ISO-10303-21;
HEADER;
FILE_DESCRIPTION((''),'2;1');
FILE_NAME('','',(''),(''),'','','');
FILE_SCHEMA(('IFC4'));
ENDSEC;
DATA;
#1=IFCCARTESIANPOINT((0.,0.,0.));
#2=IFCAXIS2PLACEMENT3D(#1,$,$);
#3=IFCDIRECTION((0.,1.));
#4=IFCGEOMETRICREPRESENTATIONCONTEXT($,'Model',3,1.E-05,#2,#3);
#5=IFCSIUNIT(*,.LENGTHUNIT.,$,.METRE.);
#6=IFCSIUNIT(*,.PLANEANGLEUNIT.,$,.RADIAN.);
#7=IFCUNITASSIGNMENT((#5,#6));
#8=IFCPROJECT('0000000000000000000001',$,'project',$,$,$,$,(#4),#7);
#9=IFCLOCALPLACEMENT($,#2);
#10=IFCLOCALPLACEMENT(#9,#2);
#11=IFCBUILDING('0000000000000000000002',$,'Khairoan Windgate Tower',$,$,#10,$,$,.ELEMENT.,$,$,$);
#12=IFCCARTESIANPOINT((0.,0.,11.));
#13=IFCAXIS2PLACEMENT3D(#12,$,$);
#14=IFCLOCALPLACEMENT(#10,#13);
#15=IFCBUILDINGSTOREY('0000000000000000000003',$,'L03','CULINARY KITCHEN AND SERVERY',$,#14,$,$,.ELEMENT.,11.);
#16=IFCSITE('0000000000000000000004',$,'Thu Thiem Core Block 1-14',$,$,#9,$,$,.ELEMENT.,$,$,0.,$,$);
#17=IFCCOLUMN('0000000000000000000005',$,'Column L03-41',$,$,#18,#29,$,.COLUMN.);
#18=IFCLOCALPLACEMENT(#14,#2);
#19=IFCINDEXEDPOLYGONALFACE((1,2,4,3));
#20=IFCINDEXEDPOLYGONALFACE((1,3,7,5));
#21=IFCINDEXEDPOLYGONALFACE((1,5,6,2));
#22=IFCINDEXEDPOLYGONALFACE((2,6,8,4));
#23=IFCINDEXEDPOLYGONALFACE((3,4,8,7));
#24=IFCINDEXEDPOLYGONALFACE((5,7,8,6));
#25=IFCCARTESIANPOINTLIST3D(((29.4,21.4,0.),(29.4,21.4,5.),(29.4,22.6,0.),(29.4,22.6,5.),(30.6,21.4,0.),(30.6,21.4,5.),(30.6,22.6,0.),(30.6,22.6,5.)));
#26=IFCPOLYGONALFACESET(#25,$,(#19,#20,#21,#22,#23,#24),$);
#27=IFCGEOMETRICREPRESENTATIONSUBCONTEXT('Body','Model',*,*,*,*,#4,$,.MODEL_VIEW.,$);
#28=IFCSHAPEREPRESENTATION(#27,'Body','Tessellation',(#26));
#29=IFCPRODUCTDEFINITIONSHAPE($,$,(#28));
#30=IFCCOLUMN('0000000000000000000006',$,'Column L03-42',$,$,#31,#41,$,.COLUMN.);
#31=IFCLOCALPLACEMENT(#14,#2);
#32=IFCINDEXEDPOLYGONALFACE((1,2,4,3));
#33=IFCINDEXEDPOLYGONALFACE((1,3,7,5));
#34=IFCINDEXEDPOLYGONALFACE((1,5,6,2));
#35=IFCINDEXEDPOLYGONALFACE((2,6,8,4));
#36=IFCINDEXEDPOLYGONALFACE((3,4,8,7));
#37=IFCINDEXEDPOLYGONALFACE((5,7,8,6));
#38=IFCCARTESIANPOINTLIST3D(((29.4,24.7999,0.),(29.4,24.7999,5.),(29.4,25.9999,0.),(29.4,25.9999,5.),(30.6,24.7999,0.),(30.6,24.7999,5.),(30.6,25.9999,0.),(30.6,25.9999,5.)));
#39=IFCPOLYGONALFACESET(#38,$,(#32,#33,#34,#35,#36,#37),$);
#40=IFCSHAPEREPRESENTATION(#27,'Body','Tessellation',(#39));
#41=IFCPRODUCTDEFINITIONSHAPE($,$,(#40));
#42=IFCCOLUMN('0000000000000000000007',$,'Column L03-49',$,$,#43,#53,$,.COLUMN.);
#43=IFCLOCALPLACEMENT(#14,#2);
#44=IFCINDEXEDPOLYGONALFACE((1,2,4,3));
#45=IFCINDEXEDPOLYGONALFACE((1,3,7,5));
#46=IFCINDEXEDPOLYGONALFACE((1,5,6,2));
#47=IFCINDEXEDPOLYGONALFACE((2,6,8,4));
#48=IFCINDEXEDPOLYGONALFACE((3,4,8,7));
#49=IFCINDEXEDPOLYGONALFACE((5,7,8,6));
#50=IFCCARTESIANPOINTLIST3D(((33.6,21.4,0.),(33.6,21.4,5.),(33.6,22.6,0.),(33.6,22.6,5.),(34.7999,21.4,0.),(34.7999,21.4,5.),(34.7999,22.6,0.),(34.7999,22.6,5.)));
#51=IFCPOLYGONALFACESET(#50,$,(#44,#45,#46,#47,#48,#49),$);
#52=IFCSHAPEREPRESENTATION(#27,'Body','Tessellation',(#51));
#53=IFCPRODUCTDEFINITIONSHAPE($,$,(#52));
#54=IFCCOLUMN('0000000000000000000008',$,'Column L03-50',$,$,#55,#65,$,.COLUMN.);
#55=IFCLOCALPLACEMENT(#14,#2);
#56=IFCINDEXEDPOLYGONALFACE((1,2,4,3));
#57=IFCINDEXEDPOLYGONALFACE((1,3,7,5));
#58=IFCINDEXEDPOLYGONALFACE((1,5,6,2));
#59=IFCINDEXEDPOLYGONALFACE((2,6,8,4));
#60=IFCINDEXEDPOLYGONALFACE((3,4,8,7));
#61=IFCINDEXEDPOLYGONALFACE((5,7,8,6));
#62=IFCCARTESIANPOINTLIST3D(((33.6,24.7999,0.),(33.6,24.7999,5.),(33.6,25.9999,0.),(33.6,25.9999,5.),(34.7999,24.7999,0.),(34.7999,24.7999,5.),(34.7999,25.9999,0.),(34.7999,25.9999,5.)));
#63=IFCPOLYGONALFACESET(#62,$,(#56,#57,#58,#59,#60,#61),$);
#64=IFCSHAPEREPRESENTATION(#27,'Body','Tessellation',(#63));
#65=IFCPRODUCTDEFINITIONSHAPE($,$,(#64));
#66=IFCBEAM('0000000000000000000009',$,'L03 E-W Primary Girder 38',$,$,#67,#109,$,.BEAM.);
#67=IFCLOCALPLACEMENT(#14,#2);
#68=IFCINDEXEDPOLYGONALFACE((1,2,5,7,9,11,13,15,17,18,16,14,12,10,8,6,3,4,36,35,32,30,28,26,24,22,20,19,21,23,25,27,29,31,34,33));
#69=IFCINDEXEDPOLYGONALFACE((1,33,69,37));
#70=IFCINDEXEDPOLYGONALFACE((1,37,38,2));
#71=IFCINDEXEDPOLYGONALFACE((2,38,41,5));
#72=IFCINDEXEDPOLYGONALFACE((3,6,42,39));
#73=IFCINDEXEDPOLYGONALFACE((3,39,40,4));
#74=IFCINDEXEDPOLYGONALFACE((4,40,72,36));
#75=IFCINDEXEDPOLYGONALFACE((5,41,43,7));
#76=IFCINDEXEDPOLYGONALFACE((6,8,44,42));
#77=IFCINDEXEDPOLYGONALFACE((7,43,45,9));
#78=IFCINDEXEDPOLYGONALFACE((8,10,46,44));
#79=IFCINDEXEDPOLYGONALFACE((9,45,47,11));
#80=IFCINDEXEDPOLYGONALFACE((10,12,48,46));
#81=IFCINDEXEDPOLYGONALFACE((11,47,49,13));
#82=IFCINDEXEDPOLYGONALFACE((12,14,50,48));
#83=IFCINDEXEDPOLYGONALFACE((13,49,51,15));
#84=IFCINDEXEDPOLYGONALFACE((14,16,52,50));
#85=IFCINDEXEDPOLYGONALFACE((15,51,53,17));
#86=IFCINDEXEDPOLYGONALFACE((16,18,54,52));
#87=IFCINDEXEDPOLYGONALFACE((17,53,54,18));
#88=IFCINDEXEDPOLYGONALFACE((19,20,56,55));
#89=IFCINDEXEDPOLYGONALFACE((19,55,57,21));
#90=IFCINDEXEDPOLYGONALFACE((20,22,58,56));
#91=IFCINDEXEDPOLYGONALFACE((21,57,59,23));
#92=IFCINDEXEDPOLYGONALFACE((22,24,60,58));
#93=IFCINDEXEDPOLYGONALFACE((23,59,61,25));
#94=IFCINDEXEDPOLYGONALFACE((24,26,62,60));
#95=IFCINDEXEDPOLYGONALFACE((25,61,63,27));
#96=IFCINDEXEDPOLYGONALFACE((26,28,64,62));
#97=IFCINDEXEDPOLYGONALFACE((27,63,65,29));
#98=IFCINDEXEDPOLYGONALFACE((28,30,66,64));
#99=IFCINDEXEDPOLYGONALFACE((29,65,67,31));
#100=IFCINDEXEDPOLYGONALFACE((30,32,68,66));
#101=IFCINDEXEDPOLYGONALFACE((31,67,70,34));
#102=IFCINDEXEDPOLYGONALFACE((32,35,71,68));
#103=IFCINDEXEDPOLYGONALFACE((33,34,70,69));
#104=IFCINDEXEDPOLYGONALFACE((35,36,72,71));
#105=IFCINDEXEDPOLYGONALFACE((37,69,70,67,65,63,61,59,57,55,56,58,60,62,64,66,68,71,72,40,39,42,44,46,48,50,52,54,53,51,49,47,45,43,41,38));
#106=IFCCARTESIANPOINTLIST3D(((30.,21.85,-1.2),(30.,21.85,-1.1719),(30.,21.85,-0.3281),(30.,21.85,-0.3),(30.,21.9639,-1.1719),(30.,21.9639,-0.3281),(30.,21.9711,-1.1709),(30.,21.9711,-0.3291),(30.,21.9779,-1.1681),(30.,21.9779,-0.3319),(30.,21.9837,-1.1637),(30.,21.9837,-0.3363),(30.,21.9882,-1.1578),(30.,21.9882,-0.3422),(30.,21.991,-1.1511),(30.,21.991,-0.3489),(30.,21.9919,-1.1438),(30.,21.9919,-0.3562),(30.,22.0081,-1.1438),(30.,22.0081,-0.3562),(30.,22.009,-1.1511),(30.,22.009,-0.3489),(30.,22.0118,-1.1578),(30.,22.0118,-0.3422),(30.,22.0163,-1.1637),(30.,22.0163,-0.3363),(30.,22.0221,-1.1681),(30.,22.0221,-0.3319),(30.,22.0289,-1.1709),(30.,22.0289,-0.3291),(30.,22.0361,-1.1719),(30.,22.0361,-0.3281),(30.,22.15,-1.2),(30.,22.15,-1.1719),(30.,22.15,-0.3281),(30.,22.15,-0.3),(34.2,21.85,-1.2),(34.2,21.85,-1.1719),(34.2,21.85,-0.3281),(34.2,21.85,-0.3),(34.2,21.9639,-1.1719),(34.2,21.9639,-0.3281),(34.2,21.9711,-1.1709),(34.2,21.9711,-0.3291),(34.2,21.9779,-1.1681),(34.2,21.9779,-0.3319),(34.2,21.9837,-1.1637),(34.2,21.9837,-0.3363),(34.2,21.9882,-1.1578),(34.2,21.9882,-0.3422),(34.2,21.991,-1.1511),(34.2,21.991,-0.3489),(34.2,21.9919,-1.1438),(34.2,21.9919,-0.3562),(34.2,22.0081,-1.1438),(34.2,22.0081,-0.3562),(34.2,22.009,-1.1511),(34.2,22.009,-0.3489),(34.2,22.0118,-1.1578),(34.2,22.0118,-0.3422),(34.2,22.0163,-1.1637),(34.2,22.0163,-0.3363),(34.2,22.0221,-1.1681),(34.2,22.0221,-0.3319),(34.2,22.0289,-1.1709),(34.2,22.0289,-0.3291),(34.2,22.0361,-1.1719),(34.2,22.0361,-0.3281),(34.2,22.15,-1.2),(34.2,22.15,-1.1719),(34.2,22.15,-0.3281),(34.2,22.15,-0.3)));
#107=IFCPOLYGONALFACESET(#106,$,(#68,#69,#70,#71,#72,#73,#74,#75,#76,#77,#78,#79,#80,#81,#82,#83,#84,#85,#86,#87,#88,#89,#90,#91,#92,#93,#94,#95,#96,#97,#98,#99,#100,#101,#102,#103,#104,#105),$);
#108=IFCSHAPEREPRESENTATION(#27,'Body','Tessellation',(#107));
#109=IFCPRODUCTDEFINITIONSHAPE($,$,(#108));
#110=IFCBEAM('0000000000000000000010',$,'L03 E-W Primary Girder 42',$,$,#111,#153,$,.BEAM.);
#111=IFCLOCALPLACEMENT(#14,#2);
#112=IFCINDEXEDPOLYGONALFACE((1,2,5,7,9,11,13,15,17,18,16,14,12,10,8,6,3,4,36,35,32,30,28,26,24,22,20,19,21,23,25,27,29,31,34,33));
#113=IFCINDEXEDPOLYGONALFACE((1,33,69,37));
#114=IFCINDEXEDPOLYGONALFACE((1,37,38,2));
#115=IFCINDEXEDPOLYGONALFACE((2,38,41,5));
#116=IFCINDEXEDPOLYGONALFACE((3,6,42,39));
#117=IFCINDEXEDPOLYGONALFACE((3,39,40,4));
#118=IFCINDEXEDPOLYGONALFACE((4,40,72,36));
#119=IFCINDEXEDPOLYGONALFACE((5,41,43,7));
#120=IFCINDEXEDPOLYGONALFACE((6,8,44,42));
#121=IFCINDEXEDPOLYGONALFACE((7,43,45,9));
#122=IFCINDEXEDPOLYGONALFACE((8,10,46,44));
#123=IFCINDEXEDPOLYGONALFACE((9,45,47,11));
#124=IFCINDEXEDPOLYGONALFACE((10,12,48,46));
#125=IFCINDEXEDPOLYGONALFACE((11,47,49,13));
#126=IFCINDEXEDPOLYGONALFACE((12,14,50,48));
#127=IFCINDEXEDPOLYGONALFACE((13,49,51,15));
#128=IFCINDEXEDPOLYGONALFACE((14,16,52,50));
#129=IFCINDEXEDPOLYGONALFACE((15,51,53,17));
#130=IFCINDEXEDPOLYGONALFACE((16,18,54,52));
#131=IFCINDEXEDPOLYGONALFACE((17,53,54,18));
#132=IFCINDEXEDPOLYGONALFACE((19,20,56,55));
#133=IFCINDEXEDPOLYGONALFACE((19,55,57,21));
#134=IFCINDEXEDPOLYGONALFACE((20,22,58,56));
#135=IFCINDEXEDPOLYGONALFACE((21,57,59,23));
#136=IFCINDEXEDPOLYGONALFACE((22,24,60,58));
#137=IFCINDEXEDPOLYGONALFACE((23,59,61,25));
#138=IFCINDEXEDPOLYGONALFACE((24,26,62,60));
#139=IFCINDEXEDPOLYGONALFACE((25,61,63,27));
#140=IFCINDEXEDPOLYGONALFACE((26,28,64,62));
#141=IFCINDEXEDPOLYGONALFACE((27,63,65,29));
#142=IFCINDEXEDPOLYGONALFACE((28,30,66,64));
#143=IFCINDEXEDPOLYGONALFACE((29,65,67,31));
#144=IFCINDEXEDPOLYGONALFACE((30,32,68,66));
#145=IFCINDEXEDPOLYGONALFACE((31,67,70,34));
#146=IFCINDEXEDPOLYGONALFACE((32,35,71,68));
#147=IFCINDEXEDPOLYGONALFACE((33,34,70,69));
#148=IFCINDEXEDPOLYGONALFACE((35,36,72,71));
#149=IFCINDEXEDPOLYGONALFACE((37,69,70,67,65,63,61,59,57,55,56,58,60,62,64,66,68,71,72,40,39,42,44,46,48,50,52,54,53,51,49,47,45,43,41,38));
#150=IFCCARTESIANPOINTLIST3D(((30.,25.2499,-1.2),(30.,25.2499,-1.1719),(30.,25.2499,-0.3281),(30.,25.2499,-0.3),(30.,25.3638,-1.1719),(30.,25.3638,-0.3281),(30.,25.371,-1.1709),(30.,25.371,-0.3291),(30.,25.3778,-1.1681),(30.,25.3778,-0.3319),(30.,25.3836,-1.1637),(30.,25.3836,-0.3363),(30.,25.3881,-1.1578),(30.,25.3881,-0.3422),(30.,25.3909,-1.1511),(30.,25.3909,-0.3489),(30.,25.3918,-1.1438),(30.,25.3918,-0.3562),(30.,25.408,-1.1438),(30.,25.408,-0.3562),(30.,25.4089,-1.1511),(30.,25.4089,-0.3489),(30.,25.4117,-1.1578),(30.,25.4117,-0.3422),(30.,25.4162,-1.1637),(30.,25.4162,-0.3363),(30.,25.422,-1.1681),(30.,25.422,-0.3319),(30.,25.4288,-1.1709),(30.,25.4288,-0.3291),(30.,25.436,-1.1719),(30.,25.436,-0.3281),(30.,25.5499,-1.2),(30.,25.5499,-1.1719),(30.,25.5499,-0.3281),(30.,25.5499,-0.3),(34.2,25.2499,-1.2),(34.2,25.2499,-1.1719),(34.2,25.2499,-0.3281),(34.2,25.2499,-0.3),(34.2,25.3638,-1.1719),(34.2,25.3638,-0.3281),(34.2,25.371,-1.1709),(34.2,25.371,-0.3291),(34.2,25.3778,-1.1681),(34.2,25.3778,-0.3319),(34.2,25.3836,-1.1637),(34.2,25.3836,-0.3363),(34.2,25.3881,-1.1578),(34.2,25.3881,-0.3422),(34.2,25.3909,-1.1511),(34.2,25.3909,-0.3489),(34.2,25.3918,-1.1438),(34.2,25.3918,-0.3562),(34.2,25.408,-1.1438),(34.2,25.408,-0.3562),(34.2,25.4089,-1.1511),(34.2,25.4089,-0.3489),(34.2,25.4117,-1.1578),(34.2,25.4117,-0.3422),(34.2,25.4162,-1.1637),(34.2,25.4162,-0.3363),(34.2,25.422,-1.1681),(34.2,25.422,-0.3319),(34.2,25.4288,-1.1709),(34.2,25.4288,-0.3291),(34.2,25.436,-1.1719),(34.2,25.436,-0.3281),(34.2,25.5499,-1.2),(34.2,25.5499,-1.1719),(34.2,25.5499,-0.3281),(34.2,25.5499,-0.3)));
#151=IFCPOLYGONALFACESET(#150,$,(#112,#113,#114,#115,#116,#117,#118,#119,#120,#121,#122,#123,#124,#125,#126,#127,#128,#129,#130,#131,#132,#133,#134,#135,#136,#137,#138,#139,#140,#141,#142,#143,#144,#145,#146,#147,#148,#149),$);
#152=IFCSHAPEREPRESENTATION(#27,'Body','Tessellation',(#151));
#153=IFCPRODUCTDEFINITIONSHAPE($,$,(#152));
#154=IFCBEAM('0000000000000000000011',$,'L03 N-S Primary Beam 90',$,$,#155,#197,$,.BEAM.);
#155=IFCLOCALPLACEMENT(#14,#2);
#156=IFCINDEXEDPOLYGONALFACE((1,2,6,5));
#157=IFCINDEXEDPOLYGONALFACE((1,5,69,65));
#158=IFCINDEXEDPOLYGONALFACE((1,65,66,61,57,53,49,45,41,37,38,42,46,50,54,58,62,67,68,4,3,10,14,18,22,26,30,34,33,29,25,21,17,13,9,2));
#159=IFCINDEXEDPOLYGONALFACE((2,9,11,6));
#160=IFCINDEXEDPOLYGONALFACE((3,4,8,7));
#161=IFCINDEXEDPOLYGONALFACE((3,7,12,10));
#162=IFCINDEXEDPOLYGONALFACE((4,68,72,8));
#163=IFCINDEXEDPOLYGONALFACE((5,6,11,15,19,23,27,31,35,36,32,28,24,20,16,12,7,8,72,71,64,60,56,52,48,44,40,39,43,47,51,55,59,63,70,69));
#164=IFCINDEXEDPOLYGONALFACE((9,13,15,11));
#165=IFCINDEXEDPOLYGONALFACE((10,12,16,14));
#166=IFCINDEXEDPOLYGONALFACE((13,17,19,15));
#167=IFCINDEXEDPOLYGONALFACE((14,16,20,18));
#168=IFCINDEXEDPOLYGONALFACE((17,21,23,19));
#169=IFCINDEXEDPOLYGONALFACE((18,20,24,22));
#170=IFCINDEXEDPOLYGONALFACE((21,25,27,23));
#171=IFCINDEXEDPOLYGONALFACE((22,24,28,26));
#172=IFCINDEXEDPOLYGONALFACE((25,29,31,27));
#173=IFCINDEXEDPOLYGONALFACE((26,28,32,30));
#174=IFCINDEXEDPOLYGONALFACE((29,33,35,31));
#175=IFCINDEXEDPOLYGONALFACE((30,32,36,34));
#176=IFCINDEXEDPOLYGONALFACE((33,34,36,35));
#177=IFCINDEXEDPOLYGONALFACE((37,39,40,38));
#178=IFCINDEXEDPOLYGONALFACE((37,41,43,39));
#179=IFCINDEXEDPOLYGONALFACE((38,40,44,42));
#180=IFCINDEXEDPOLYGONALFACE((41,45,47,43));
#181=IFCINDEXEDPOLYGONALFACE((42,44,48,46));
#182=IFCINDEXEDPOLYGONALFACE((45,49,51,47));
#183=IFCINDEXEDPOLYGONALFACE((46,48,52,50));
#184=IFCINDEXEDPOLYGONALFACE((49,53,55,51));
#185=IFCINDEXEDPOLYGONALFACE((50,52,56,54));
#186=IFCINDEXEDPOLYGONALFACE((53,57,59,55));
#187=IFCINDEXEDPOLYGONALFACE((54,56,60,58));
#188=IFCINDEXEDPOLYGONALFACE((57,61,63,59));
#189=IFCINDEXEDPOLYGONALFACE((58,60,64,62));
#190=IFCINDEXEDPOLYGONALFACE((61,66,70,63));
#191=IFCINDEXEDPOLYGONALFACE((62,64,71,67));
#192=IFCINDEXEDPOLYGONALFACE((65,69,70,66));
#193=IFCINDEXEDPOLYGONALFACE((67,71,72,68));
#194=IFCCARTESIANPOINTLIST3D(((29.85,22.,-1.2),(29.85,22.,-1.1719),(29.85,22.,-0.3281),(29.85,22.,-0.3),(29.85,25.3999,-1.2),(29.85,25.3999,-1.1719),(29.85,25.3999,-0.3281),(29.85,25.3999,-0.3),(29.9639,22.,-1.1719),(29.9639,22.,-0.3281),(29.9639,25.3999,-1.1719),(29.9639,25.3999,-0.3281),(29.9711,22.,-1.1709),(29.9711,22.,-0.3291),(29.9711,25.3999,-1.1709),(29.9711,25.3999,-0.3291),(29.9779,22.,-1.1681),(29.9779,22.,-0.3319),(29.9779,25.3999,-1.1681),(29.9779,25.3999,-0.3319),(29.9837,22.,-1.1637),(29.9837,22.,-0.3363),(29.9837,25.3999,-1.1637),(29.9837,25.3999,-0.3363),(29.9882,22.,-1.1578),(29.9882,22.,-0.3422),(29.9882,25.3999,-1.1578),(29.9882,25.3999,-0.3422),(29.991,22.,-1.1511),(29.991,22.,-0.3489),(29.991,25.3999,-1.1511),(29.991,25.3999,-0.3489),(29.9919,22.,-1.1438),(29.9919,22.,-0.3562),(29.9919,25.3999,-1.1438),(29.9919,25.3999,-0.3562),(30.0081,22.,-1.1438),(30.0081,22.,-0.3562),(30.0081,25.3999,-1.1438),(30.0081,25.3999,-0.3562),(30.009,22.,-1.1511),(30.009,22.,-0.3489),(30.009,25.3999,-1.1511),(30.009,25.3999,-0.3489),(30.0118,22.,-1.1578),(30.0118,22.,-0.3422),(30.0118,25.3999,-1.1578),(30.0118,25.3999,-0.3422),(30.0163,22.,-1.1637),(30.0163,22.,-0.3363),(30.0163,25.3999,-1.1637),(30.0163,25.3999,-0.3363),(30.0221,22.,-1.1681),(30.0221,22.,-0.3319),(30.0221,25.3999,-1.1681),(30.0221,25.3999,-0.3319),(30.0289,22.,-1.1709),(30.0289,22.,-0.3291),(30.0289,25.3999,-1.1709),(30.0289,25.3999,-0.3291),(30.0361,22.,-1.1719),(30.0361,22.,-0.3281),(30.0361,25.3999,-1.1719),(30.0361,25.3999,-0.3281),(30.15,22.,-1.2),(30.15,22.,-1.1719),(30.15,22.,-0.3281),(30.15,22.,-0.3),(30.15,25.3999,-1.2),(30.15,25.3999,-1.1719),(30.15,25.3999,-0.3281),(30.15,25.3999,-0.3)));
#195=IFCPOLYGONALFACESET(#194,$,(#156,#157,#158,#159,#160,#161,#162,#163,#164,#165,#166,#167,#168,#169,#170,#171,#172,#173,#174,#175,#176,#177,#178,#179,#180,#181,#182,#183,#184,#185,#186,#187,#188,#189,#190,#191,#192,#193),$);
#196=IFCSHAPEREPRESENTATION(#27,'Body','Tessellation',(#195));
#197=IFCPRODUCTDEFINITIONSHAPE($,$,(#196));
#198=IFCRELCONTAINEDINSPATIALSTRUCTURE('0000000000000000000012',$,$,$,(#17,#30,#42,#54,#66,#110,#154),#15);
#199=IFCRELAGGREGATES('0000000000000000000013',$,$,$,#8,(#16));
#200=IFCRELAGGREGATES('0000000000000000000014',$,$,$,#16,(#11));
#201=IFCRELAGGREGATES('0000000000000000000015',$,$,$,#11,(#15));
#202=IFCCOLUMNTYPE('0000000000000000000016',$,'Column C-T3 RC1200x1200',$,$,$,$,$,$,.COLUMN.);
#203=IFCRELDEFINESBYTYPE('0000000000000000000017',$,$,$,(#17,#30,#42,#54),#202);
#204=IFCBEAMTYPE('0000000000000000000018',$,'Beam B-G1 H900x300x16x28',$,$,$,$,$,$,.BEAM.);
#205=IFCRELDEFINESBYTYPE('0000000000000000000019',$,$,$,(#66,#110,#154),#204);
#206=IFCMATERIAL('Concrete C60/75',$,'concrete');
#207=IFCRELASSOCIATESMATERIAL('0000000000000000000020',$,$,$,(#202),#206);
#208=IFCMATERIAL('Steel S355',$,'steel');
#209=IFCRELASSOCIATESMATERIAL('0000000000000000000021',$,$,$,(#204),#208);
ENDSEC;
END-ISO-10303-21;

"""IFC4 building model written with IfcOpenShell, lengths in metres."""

from ifc_helpers import new_model, si_unit, direction, frame, origin, origin_2d, place, context, subcontext, project, spatial, rectangle, i_section, extrude, material, material_profile, profile_set, type_object, element, save


model = new_model("IFC4")

# Units and contexts
model_context = context("Model", 3, precision=1e-05, world=origin(), true_north=direction((0.0, 1.0)))
body_context = subcontext(model_context, "Body", "Model", "MODEL_VIEW")
ifc_project = project(units=[si_unit("LENGTHUNIT", "METRE"), si_unit("PLANEANGLEUNIT", "RADIAN")], contexts=[model_context])

# Site, building, storey
site_placement = place(None, origin())
site = spatial("IfcSite", under=ifc_project, at=site_placement, Name="Thu Thiem Core Block 1-14", CompositionType="ELEMENT", RefElevation=0.0)
building_placement = place(site_placement, origin())
building = spatial("IfcBuilding", under=site, at=building_placement, Name="Khairoan Windgate Tower", CompositionType="ELEMENT")
storey_placement = place(building_placement, frame((0.0, 0.0, 11.0)))
storey = spatial("IfcBuildingStorey", under=building, at=storey_placement, Name="L03", Description="CULINARY KITCHEN AND SERVERY", CompositionType="ELEMENT", Elevation=11.0)

# Columns
ifc_material_1 = material(Name="Concrete C60/75", Category="concrete")
ifc_material_profile_1 = material_profile(ifc_material_1, rectangle(XDim=1.2, YDim=1.2, at=origin_2d()))
ifc_profile_set_1 = profile_set([ifc_material_profile_1], Name="Concrete C60/75")
column_type = type_object("IfcColumnType", Name="Column C-T3 RC1200x1200", PredefinedType="COLUMN", material=ifc_profile_set_1)
for number, where, z_axis, x_axis, name in (
    (1, (30.0, 22.0, 0.0), (0.0, 0.0, 1.0), (1.0, 0.0, 0.0), "Column L03-41"),
    (2, (30.0, 25.3999, 0.0), (0.0, 0.0, 1.0), (1.0, 0.0, 0.0), "Column L03-42"),
    (3, (34.2, 22.0, 0.0), (0.0, 0.0, 1.0), (1.0, 0.0, 0.0), "Column L03-49"),
    (4, (34.2, 25.3999, 0.0), (0.0, 0.0, 1.0), (1.0, 0.0, 0.0), "Column L03-50"),
):
    element("IfcColumn", number, at=place(storey_placement, frame(where, z_axis=z_axis, x_axis=x_axis)), inside=storey, type_object=column_type, Name=name, PredefinedType="COLUMN", context=body_context, shape_type="SweptSolid", body=[
        extrude(rectangle(XDim=1.2, YDim=1.2, at=origin_2d()), origin(), (0.0, 0.0, 1.0), 5.0),
    ])

# Beams
ifc_material_2 = material(Name="Steel S355", Category="steel")
ifc_material_profile_2 = material_profile(ifc_material_2, i_section(OverallWidth=0.3, OverallDepth=0.8999, WebThickness=0.0161, FlangeThickness=0.0281, FilletRadius=0.0281, at=origin_2d()))
ifc_profile_set_2 = profile_set([ifc_material_profile_2], Name="Steel S355")
beam_type_1 = type_object("IfcBeamType", Name="Beam B-G1 H900x300x16x28", PredefinedType="BEAM", material=ifc_profile_set_2)
for number, where, z_axis, x_axis, name in (
    (5, (30.0, 22.0, -0.75), (1.0, 0.0, 0.0), (0.0, 1.0, 0.0), "L03 E-W Primary Girder 38"),
    (6, (30.0, 25.3999, -0.75), (1.0, 0.0, 0.0), (0.0, 1.0, 0.0), "L03 E-W Primary Girder 42"),
):
    element("IfcBeam", number, at=place(storey_placement, frame(where, z_axis=z_axis, x_axis=x_axis)), inside=storey, type_object=beam_type_1, Name=name, PredefinedType="BEAM", context=body_context, shape_type="SweptSolid", body=[
        extrude(i_section(OverallWidth=0.3, OverallDepth=0.8999, WebThickness=0.0161, FlangeThickness=0.0281, FilletRadius=0.0281, at=origin_2d()), origin(), (0.0, 0.0, 1.0), 4.2),
    ])
beam_1_placement = place(storey_placement, frame((30.0, 22.0, -0.75), z_axis=(0.0, 1.0, 0.0), x_axis=(-1.0, 0.0, 0.0)))
element("IfcBeam", 7, at=beam_1_placement, inside=storey, type_object=beam_type_1, Name="L03 N-S Primary Beam 90", PredefinedType="BEAM", context=body_context, shape_type="SweptSolid", body=[
    extrude(i_section(OverallWidth=0.3, OverallDepth=0.8999, WebThickness=0.0161, FlangeThickness=0.0281, FilletRadius=0.0281, at=origin_2d()), origin(), (0.0, 0.0, 1.0), 3.3999),
])

save(model, "model.ifc")
